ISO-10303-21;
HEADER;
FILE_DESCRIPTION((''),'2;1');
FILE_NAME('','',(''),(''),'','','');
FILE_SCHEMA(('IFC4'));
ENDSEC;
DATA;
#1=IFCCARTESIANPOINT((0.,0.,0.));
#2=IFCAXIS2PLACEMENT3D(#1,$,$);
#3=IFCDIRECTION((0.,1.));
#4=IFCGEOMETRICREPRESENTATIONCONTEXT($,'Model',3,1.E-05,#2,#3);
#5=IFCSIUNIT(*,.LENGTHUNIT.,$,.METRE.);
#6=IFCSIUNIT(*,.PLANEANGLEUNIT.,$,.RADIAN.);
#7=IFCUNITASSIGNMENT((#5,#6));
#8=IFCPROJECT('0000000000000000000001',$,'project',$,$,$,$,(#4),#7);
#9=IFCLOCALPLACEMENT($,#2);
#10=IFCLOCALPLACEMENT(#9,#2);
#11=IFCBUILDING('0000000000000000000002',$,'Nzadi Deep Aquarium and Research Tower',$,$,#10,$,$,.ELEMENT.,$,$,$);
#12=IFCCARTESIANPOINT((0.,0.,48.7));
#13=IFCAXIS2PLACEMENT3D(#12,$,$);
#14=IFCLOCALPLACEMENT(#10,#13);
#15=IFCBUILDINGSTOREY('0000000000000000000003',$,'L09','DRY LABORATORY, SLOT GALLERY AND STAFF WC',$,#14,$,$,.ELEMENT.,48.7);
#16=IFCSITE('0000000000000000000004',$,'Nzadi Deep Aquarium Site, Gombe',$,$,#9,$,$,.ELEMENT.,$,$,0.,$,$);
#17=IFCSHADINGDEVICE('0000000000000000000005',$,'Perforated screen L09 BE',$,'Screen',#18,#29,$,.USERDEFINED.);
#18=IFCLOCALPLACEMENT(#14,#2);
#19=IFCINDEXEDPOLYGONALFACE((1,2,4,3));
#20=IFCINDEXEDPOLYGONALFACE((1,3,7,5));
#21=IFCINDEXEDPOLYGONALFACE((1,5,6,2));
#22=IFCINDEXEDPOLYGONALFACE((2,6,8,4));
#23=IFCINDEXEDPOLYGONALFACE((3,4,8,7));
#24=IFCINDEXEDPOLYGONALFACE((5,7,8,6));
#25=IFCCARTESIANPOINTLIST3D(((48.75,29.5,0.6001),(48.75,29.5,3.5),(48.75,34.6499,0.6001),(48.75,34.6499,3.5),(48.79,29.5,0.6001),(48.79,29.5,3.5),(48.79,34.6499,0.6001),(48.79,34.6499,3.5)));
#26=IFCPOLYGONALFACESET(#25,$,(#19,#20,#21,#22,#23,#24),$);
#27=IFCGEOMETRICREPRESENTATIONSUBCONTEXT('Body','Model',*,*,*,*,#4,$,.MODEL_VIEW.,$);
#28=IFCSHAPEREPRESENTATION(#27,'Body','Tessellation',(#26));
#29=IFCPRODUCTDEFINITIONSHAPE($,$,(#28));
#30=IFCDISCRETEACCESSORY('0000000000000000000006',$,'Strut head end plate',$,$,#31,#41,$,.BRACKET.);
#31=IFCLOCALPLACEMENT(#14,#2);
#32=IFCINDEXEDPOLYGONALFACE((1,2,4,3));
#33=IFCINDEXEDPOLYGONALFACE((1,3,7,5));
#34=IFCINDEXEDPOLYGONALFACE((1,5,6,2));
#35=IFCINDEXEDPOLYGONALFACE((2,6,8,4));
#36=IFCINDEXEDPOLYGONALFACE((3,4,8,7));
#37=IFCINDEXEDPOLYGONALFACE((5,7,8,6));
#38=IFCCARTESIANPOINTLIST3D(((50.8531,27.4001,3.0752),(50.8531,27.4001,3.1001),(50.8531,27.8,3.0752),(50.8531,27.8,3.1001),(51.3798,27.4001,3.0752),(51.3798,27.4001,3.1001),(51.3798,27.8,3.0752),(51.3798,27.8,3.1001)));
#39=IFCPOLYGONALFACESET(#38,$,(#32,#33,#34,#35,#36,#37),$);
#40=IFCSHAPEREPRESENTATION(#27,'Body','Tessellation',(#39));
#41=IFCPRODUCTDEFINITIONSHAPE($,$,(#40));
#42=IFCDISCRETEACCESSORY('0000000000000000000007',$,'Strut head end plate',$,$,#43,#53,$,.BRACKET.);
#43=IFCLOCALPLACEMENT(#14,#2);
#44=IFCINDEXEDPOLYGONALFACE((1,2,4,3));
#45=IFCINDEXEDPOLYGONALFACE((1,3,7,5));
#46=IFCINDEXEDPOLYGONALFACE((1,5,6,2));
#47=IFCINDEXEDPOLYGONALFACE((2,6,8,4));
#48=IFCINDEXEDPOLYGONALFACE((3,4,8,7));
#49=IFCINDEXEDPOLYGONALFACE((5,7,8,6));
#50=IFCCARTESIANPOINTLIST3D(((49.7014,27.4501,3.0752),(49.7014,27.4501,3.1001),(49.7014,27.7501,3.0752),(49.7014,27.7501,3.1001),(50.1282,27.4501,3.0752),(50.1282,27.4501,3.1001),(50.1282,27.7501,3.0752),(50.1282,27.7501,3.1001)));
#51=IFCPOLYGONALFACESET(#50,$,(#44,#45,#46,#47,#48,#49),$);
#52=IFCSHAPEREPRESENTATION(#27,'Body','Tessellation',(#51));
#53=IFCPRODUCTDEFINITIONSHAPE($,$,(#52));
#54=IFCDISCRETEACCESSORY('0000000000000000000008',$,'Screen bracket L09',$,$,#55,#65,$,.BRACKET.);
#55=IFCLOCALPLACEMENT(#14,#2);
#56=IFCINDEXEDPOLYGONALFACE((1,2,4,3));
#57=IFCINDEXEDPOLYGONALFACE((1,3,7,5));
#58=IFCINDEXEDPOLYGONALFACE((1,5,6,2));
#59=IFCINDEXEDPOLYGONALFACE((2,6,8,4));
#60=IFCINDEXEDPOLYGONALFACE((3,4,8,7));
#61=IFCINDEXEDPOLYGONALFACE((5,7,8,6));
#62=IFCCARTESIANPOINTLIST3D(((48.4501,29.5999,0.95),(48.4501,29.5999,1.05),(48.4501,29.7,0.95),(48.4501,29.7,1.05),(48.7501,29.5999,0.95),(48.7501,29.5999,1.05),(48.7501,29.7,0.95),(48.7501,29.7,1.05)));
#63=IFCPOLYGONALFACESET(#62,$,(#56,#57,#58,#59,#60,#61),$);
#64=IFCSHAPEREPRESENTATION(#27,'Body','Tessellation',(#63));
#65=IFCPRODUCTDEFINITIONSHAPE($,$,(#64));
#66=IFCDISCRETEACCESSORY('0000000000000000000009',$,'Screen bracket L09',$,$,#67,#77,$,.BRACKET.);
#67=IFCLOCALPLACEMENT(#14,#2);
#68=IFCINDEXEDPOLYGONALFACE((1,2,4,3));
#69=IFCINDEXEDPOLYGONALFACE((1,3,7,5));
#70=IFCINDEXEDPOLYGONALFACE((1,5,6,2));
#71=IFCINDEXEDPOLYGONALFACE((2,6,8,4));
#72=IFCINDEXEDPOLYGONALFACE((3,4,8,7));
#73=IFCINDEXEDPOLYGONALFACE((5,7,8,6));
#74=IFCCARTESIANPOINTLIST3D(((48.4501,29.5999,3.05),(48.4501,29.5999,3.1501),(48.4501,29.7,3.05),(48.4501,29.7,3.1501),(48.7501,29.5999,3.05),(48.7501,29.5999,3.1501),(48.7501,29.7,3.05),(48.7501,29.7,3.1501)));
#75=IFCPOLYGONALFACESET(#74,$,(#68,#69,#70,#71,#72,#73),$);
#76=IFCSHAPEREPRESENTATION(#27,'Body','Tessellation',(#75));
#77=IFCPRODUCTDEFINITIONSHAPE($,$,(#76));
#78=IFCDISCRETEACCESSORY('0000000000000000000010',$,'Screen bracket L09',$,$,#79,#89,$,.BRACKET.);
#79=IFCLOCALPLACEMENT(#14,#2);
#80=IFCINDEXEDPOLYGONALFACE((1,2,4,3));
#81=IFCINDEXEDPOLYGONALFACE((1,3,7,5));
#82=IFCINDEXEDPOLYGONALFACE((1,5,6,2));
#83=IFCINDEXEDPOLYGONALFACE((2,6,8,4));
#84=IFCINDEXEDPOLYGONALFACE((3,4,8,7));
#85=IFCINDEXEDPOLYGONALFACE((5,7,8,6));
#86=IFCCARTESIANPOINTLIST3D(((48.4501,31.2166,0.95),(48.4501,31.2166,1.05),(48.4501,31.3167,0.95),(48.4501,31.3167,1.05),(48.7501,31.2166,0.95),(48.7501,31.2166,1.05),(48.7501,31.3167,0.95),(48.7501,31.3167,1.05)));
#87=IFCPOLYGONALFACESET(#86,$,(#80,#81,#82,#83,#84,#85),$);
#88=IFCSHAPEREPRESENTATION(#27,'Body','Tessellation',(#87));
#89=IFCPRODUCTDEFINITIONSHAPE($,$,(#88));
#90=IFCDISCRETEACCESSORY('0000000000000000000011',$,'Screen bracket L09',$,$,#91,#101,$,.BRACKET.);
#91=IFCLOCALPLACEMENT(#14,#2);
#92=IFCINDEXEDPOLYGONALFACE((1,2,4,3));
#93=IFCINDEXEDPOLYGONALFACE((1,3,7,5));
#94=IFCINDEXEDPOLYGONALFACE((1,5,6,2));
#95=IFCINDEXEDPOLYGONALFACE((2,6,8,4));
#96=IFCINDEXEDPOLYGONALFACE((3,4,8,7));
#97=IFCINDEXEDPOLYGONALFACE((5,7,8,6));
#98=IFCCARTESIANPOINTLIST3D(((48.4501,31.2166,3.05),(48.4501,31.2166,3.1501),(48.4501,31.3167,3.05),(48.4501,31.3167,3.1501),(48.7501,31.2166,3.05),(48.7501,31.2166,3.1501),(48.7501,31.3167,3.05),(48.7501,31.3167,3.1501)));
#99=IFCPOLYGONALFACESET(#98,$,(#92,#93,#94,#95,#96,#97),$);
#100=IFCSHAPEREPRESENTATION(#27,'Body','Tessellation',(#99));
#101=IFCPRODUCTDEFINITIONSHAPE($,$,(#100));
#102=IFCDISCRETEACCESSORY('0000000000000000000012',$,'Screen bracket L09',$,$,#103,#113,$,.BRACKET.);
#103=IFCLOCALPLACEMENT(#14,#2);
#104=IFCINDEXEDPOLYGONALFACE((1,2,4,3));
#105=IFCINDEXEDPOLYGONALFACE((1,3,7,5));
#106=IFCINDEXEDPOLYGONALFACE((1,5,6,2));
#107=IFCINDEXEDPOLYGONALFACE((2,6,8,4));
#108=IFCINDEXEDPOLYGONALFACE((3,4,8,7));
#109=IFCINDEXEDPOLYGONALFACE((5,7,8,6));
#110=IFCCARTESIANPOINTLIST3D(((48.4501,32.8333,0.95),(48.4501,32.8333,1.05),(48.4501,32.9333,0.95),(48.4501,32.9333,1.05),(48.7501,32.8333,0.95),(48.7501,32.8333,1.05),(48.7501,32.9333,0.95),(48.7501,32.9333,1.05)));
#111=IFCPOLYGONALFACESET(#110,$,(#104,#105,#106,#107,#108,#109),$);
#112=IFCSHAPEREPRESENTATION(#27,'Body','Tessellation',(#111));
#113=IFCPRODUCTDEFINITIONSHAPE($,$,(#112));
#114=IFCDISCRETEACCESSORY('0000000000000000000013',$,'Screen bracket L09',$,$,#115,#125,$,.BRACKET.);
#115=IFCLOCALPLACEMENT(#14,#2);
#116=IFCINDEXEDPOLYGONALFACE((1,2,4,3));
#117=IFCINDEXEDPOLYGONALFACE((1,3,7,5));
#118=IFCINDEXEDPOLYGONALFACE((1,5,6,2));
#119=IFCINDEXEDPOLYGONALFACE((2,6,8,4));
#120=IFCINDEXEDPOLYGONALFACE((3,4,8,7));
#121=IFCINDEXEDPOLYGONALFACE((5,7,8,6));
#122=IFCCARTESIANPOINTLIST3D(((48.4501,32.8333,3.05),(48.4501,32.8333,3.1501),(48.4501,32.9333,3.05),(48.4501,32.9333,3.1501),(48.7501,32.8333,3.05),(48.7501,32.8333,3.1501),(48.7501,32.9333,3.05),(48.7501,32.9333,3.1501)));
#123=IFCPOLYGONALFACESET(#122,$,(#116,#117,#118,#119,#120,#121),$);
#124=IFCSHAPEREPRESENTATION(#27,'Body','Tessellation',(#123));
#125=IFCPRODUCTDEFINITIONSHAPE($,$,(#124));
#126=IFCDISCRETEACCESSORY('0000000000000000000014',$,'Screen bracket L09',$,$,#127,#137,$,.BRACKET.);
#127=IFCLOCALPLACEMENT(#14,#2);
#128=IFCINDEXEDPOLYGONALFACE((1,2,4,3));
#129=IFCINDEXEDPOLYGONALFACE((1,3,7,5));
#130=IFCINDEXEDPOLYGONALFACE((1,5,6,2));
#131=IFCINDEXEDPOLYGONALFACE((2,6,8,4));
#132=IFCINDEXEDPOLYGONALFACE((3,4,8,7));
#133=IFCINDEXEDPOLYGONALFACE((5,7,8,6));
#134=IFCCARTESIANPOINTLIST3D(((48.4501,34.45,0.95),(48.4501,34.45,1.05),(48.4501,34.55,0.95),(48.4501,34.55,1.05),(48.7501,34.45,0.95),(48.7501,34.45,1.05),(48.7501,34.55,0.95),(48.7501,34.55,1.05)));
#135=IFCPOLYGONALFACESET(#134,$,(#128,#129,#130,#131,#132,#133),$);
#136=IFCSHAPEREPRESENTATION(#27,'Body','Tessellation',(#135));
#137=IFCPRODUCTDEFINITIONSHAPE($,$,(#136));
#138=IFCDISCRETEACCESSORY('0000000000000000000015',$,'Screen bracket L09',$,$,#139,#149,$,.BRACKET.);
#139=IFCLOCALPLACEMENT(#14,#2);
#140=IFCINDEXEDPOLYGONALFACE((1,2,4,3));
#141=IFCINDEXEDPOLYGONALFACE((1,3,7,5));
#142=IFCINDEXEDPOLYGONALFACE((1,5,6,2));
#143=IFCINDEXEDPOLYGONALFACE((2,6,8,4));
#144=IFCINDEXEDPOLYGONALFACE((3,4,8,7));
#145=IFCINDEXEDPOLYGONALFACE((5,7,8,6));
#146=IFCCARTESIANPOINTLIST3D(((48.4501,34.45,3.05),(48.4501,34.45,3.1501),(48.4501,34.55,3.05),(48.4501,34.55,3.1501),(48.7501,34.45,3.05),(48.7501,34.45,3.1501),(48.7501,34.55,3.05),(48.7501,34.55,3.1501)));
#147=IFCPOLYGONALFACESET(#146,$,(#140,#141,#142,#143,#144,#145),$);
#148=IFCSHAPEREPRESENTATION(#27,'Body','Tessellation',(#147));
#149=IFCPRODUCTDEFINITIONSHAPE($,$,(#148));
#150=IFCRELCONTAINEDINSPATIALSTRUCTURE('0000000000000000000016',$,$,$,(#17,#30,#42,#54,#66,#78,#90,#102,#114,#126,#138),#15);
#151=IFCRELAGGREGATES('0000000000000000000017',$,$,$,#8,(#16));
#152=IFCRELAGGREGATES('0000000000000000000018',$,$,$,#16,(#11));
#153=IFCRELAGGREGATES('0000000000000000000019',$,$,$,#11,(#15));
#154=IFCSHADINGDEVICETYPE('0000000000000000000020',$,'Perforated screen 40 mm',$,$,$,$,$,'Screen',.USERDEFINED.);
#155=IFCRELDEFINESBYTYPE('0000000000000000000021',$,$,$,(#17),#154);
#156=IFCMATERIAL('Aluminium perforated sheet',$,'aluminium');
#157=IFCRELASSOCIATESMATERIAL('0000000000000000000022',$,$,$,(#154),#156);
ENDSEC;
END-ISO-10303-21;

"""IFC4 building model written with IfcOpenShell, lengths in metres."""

from ifc_helpers import new_model, si_unit, direction, frame, origin, origin_2d, place, context, subcontext, project, spatial, rectangle, extrude, material, type_object, element, save


model = new_model("IFC4")

# Units and contexts
model_context = context("Model", 3, precision=1e-05, world=origin(), true_north=direction((0.0, 1.0)))
body_context = subcontext(model_context, "Body", "Model", "MODEL_VIEW")
ifc_project = project(units=[si_unit("LENGTHUNIT", "METRE"), si_unit("PLANEANGLEUNIT", "RADIAN")], contexts=[model_context])

# Site, building, storey
site_placement = place(None, origin())
site = spatial("IfcSite", under=ifc_project, at=site_placement, Name="Nzadi Deep Aquarium Site, Gombe", CompositionType="ELEMENT", RefElevation=0.0)
building_placement = place(site_placement, origin())
building = spatial("IfcBuilding", under=site, at=building_placement, Name="Nzadi Deep Aquarium and Research Tower", CompositionType="ELEMENT")
storey_placement = place(building_placement, frame((0.0, 0.0, 48.7)))
storey = spatial("IfcBuildingStorey", under=building, at=storey_placement, Name="L09", Description="DRY LABORATORY, SLOT GALLERY AND STAFF WC", CompositionType="ELEMENT", Elevation=48.7)

# Shading device
ifc_material_1 = material(Name="Aluminium perforated sheet", Category="aluminium")
shading_device_type = type_object("IfcShadingDeviceType", Name="Perforated screen 40 mm", ElementType="Screen", PredefinedType="USERDEFINED", material=ifc_material_1)
shading_device_placement = place(storey_placement, frame((48.77, 32.075, 0.6001), z_axis=(0.0, 0.0, 1.0), x_axis=(1.0, 0.0, 0.0)))
element("IfcShadingDevice", 1, at=shading_device_placement, inside=storey, type_object=shading_device_type, Name="Perforated screen L09 BE", ObjectType="Screen", PredefinedType="USERDEFINED", context=body_context, shape_type="SweptSolid", body=[
    extrude(rectangle(XDim=0.04, YDim=5.1499, at=origin_2d()), origin(), (0.0, 0.0, 1.0), 2.8999),
])

# Discrete accessories
discrete_accessory_1_placement = place(storey_placement, frame((51.1165, 27.6001, 3.0752), z_axis=(0.0, 0.0, 1.0), x_axis=(1.0, 0.0, 0.0)))
element("IfcDiscreteAccessory", 2, at=discrete_accessory_1_placement, inside=storey, Name="Strut head end plate", PredefinedType="BRACKET", context=body_context, shape_type="SweptSolid", body=[
    extrude(rectangle(XDim=0.5266, YDim=0.3999, at=origin_2d()), origin(), (0.0, 0.0, 1.0), 0.0249),
])
discrete_accessory_2_placement = place(storey_placement, frame((49.9148, 27.6001, 3.0752), z_axis=(0.0, 0.0, 1.0), x_axis=(1.0, 0.0, 0.0)))
element("IfcDiscreteAccessory", 3, at=discrete_accessory_2_placement, inside=storey, Name="Strut head end plate", PredefinedType="BRACKET", context=body_context, shape_type="SweptSolid", body=[
    extrude(rectangle(XDim=0.4268, YDim=0.3, at=origin_2d()), origin(), (0.0, 0.0, 1.0), 0.0249),
])
for number, where, z_axis, x_axis, name in (
    (4, (48.6001, 29.6499, 0.95), (0.0, 0.0, 1.0), (1.0, 0.0, 0.0), "Screen bracket L09"),
    (5, (48.6001, 29.6499, 3.05), (0.0, 0.0, 1.0), (1.0, 0.0, 0.0), "Screen bracket L09"),
    (6, (48.6001, 31.2666, 0.95), (0.0, 0.0, 1.0), (1.0, 0.0, 0.0), "Screen bracket L09"),
    (7, (48.6001, 31.2666, 3.05), (0.0, 0.0, 1.0), (1.0, 0.0, 0.0), "Screen bracket L09"),
    (8, (48.6001, 32.8833, 0.95), (0.0, 0.0, 1.0), (1.0, 0.0, 0.0), "Screen bracket L09"),
    (9, (48.6001, 32.8833, 3.05), (0.0, 0.0, 1.0), (1.0, 0.0, 0.0), "Screen bracket L09"),
    (10, (48.6001, 34.5, 0.95), (0.0, 0.0, 1.0), (1.0, 0.0, 0.0), "Screen bracket L09"),
    (11, (48.6001, 34.5, 3.05), (0.0, 0.0, 1.0), (1.0, 0.0, 0.0), "Screen bracket L09"),
):
    element("IfcDiscreteAccessory", number, at=place(storey_placement, frame(where, z_axis=z_axis, x_axis=x_axis)), inside=storey, Name=name, PredefinedType="BRACKET", context=body_context, shape_type="SweptSolid", body=[
        extrude(rectangle(XDim=0.3, YDim=0.1001, at=origin_2d()), origin(), (0.0, 0.0, 1.0), 0.1001),
    ])

save(model, "model.ifc")
